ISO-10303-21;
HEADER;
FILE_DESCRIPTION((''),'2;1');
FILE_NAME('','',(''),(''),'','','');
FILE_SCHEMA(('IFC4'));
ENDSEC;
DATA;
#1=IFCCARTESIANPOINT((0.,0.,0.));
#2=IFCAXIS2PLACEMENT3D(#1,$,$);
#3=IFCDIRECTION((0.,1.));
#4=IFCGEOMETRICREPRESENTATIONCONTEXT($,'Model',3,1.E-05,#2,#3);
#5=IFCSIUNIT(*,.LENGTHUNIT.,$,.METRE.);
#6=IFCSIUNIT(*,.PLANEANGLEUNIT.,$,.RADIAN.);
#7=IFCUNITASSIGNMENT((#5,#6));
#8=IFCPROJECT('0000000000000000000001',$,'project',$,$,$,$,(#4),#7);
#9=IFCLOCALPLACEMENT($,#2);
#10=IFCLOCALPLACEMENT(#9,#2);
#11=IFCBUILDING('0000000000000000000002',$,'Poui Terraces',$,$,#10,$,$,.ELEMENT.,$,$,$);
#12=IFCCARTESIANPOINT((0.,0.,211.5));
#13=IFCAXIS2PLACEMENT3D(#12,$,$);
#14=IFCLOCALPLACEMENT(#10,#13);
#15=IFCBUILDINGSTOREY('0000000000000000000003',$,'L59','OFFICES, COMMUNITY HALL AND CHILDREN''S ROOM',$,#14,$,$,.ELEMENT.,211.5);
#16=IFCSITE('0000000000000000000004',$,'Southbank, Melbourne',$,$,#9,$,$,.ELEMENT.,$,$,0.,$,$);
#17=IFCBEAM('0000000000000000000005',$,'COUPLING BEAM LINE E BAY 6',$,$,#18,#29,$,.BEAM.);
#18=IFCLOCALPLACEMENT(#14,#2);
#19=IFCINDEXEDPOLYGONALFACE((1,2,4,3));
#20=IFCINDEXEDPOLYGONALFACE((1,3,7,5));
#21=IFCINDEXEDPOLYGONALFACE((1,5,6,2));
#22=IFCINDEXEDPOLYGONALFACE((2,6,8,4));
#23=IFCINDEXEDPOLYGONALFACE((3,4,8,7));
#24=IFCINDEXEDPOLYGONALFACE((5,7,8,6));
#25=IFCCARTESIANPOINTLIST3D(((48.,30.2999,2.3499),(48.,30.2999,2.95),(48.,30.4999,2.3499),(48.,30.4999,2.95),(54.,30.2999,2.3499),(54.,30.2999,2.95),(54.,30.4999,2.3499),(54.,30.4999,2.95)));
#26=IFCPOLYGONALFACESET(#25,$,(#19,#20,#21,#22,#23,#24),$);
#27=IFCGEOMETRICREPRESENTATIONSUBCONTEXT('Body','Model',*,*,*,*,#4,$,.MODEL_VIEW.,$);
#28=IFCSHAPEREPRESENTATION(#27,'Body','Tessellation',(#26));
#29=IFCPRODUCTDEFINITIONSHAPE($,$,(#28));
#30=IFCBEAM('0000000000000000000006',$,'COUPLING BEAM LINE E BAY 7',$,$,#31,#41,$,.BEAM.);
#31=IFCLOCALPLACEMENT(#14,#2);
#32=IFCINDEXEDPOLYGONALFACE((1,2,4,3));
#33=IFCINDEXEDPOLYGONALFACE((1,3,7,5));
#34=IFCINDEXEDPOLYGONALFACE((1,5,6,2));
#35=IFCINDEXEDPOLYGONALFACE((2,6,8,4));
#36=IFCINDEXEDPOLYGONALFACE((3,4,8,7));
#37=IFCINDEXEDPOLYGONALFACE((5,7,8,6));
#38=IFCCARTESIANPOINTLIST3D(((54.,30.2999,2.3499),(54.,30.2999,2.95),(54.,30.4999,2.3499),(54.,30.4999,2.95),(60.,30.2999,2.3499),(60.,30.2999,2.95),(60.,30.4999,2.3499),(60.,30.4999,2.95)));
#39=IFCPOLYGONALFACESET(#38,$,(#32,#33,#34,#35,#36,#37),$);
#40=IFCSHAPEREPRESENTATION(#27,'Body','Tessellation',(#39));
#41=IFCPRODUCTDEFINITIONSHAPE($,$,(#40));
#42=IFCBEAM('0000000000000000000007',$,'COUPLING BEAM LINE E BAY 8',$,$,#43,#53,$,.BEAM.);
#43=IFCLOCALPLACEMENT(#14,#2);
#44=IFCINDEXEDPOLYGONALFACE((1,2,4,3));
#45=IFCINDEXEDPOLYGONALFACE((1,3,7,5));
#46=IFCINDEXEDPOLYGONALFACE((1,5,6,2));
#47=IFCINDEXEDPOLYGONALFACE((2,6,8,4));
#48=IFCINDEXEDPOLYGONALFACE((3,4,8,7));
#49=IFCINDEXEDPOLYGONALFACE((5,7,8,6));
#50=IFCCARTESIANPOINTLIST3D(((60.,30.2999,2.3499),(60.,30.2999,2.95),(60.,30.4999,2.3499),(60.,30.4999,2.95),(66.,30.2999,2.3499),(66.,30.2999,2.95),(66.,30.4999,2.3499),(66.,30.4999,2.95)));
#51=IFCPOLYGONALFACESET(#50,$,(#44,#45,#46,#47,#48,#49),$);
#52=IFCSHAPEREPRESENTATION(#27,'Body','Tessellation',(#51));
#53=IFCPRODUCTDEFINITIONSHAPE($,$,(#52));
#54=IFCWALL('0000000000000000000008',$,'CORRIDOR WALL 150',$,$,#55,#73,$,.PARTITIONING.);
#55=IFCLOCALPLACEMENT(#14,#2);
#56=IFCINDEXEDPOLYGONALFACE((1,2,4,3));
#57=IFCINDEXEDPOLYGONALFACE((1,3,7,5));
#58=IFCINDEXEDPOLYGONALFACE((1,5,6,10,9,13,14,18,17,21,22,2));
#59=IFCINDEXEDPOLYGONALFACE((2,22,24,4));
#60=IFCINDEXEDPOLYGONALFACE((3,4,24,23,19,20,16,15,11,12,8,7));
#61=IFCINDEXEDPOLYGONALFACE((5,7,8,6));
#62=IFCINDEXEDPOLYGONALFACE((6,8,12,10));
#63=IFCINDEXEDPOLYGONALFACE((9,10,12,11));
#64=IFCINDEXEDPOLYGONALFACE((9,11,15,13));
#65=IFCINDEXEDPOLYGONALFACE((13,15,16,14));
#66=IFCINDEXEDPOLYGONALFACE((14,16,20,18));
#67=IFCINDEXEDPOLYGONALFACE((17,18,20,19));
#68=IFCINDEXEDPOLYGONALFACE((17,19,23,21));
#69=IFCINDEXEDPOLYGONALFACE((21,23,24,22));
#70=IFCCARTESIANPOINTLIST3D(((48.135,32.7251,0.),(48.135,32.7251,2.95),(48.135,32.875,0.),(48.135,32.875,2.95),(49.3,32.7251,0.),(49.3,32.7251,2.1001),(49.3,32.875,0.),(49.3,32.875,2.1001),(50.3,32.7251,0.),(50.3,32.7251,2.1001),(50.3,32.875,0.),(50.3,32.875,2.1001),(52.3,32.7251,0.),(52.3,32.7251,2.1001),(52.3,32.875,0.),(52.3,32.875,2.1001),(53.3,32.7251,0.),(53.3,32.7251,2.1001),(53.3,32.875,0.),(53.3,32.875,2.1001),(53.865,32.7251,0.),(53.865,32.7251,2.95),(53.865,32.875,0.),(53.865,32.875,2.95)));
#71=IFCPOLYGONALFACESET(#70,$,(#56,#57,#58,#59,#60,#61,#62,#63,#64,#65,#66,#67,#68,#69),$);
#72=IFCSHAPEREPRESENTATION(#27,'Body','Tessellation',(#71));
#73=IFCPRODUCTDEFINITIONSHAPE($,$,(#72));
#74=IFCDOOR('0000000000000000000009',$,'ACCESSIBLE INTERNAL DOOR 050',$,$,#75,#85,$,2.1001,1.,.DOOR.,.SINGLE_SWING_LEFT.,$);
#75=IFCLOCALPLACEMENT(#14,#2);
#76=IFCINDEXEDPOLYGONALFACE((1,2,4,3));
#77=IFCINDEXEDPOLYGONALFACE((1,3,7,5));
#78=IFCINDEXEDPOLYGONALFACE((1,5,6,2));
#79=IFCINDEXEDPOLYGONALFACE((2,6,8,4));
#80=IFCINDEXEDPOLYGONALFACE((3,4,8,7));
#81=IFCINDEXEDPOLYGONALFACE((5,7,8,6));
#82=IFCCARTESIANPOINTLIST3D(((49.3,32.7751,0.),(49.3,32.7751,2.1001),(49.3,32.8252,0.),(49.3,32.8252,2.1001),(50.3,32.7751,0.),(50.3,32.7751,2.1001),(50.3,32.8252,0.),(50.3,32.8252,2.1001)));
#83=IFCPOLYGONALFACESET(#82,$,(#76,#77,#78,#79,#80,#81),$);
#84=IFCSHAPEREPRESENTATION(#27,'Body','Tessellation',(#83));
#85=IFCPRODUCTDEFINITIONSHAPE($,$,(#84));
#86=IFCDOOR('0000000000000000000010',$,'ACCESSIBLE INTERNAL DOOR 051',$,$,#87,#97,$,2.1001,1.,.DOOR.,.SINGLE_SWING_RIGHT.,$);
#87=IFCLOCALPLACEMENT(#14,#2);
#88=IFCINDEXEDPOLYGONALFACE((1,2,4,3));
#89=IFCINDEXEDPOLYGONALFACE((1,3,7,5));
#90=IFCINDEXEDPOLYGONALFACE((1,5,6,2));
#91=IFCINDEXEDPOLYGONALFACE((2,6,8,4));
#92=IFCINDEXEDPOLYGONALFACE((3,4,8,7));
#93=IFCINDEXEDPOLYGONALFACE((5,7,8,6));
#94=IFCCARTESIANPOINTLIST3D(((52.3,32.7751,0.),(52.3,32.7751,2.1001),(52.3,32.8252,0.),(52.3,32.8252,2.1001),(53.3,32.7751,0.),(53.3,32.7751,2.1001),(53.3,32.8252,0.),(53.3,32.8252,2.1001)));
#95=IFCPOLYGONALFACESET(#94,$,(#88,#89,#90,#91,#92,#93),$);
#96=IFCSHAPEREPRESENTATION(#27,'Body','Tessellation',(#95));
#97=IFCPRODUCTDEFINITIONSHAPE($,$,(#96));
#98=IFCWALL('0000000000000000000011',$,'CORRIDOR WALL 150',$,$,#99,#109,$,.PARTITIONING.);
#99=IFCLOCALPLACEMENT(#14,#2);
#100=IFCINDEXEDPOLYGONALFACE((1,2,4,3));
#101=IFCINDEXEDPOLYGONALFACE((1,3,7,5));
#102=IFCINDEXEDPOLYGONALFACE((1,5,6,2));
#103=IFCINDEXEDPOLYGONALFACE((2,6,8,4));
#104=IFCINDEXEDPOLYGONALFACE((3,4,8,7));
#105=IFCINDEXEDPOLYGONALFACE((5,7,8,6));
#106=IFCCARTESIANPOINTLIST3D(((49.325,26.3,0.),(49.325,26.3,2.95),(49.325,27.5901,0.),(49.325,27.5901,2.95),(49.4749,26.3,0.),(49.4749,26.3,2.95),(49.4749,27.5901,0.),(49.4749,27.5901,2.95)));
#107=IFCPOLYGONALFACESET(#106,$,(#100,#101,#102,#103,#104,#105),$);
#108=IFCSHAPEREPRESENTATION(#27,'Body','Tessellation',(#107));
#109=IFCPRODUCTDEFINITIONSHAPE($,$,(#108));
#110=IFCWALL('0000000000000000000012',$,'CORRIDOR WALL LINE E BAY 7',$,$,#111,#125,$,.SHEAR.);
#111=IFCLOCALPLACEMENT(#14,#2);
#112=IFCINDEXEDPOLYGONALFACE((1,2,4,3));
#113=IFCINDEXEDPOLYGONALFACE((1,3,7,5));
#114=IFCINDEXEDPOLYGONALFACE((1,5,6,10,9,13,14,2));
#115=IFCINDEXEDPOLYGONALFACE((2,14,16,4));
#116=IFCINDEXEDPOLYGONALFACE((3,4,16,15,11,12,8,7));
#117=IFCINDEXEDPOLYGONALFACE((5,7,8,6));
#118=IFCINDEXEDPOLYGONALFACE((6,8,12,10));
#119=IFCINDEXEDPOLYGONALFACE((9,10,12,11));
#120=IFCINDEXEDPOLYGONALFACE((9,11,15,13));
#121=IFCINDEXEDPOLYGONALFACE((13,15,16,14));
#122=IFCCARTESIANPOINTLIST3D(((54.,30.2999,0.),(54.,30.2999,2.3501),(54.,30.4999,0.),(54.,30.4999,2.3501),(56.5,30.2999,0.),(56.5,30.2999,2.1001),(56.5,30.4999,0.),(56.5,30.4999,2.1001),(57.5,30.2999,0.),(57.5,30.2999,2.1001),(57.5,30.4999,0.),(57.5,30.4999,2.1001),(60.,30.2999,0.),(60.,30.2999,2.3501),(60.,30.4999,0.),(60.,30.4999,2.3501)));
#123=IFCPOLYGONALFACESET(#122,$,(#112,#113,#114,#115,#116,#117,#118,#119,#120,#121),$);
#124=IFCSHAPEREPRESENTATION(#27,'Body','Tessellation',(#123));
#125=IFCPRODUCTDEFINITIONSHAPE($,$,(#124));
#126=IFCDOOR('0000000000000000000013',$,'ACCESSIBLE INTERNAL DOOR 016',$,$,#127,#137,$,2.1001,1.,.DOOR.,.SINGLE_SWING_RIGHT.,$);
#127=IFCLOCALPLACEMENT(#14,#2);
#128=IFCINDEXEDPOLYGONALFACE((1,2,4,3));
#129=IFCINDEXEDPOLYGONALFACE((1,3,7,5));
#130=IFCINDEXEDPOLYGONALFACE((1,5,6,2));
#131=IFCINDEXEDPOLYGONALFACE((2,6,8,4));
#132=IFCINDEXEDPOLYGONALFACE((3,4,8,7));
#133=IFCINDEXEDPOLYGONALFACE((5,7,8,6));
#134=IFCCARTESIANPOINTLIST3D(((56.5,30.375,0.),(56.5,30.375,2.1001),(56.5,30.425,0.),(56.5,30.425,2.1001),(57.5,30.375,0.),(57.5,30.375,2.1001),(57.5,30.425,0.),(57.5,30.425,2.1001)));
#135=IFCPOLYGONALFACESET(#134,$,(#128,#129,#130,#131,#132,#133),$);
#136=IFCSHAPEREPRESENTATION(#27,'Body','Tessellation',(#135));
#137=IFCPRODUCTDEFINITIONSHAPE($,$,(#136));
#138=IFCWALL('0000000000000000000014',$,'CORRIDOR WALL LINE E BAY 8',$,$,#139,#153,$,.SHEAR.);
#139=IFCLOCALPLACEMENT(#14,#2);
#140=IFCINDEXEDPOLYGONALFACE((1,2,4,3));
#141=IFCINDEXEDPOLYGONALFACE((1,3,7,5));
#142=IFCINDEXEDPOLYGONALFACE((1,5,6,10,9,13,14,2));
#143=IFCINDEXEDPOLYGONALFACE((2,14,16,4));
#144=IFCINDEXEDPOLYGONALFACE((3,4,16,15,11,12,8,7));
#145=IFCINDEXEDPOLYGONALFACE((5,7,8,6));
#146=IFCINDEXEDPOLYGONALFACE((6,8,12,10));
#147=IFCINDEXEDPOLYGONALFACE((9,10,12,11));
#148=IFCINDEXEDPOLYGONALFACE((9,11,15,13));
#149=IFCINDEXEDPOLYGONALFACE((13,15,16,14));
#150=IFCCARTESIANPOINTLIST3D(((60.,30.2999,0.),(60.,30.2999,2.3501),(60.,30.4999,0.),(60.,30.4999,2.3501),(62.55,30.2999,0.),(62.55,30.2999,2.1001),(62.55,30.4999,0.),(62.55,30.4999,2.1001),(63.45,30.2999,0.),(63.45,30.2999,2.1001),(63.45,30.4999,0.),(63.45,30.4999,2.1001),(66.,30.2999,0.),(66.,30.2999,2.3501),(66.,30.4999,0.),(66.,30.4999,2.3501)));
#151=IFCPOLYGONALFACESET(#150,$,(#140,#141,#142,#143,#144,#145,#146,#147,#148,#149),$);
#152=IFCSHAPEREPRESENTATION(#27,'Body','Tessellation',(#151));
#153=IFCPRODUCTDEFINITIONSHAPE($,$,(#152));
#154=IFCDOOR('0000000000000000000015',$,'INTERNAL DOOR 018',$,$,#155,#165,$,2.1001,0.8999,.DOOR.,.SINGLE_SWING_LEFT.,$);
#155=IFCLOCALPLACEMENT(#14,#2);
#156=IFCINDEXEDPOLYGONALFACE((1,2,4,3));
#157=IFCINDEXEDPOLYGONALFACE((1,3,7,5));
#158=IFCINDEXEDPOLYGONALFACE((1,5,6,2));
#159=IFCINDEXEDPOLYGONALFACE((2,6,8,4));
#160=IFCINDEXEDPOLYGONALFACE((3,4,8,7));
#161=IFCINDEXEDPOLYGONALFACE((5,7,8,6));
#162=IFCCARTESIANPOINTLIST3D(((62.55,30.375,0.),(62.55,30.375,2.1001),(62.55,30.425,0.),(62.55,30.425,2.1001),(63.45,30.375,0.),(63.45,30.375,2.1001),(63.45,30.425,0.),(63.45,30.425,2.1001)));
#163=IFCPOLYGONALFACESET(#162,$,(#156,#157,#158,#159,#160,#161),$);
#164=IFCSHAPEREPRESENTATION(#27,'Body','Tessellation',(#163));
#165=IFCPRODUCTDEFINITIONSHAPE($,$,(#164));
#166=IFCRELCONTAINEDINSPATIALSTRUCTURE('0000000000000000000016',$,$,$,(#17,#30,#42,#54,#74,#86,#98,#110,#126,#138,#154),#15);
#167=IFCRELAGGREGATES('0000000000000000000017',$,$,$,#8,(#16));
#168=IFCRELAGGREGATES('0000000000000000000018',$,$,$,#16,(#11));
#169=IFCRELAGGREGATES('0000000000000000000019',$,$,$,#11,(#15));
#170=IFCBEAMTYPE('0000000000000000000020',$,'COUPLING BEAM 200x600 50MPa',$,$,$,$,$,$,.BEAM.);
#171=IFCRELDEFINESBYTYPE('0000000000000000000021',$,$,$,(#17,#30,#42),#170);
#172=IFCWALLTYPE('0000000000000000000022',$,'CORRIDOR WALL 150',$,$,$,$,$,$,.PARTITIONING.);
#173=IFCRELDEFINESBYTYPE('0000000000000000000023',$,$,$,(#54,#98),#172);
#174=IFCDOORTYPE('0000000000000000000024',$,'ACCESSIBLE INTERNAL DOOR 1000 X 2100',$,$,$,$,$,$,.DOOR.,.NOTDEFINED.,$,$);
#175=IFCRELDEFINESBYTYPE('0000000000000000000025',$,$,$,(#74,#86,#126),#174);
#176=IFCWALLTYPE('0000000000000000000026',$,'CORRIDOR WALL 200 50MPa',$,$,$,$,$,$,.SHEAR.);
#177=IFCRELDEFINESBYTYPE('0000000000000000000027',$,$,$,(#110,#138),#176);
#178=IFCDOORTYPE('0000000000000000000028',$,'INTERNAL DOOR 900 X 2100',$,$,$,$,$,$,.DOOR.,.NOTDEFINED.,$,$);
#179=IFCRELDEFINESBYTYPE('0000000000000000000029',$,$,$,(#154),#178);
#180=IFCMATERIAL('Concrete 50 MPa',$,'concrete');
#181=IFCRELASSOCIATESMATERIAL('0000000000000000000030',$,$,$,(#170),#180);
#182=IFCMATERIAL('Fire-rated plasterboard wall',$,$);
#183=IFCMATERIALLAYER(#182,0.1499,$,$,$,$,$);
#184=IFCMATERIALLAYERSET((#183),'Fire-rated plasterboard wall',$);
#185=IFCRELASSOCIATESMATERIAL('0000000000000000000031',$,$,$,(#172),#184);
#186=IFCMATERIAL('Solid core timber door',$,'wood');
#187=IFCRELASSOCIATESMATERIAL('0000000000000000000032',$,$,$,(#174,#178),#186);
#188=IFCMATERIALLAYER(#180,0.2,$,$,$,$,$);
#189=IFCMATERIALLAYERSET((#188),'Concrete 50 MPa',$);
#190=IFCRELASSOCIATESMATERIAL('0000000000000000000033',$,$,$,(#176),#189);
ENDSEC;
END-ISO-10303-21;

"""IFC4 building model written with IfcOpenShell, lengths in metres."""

from ifc_helpers import new_model, si_unit, direction, frame, frame_2d, origin, origin_2d, place, context, subcontext, project, spatial, rectangle, extrude, source, transform, mapped, material, layer, layer_set, material_profile, profile_set, type_object, element, fill, save


model = new_model("IFC4")

# Units and contexts
model_context = context("Model", 3, precision=1e-05, world=origin(), true_north=direction((0.0, 1.0)))
body_context = subcontext(model_context, "Body", "Model", "MODEL_VIEW")
ifc_project = project(units=[si_unit("LENGTHUNIT", "METRE"), si_unit("PLANEANGLEUNIT", "RADIAN")], contexts=[model_context])

# Site, building, storey
site_placement = place(None, origin())
site = spatial("IfcSite", under=ifc_project, at=site_placement, Name="Southbank, Melbourne", CompositionType="ELEMENT", RefElevation=0.0)
building_placement = place(site_placement, origin())
building = spatial("IfcBuilding", under=site, at=building_placement, Name="Poui Terraces", CompositionType="ELEMENT")
storey_placement = place(building_placement, frame((0.0, 0.0, 211.5)))
storey = spatial("IfcBuildingStorey", under=building, at=storey_placement, Name="L59", Description="OFFICES, COMMUNITY HALL AND CHILDREN'S ROOM", CompositionType="ELEMENT", Elevation=211.5)

# Beams
ifc_material_1 = material(Name="Concrete 50 MPa", Category="concrete")
ifc_material_profile = material_profile(ifc_material_1, rectangle(XDim=0.2, YDim=0.6001, at=origin_2d()), Name="RC 200x600")
ifc_profile_set = profile_set([ifc_material_profile], Name="Concrete 50 MPa")
beam_type = type_object("IfcBeamType", Name="COUPLING BEAM 200x600 50MPa", PredefinedType="BEAM", material=ifc_profile_set)
shared_shape = source(origin(), body_context, "Body", "SweptSolid", [
    extrude(rectangle(XDim=0.2, YDim=0.6001, at=origin_2d()), origin(), (0.0, 0.0, 1.0), 6.0),
])
for number, where, z_axis, x_axis, name in (
    (1, (48.0, 30.3999, 2.6499), (1.0, 0.0, 0.0), (0.0, 1.0, 0.0), "COUPLING BEAM LINE E BAY 6"),
    (2, (54.0, 30.3999, 2.6499), (1.0, 0.0, 0.0), (0.0, 1.0, 0.0), "COUPLING BEAM LINE E BAY 7"),
    (3, (60.0, 30.3999, 2.6499), (1.0, 0.0, 0.0), (0.0, 1.0, 0.0), "COUPLING BEAM LINE E BAY 8"),
):
    element("IfcBeam", number, at=place(storey_placement, frame(where, z_axis=z_axis, x_axis=x_axis)), inside=storey, type_object=beam_type, Name=name, PredefinedType="BEAM", context=body_context, shape_type="MappedRepresentation", body=[
        mapped(shared_shape, transform((0.0, 0.0, 0.0))),
    ])

# Wall, openings, doors
ifc_material_2 = material(Name="Fire-rated plasterboard wall")
ifc_layer_1 = layer(ifc_material_2, 0.1499)
ifc_layer_set_1 = layer_set([ifc_layer_1], Name="Fire-rated plasterboard wall")
wall_type_1 = type_object("IfcWallType", Name="CORRIDOR WALL 150", PredefinedType="PARTITIONING", material=ifc_layer_set_1)
wall_1_placement = place(storey_placement, frame((48.135, 32.8, 0.0), z_axis=(0.0, 0.0, 1.0), x_axis=(1.0, 0.0, 0.0)))
wall_1 = element("IfcWall", 4, at=wall_1_placement, inside=storey, type_object=wall_type_1, Name="CORRIDOR WALL 150", PredefinedType="PARTITIONING", context=body_context, shape_type="SweptSolid", body=[
    extrude(rectangle(XDim=5.73, YDim=0.1499, at=frame_2d((2.865, 0.0))), origin(), (0.0, 0.0, 1.0), 2.95),
])
opening_1_placement = place(wall_1_placement, frame((1.165, 0.0, 0.0)))
opening_1 = element("IfcOpeningElement", 5, at=opening_1_placement, cuts=wall_1, PredefinedType="OPENING", context=body_context, shape_type="SweptSolid", body=[
    extrude(rectangle(XDim=1.0, YDim=2.1001, at=frame_2d((0.5, 1.05))), frame((0.0, 0.085, 0.0), z_axis=(0.0, -1.0, 0.0), x_axis=(1.0, 0.0, 0.0)), (0.0, 0.0, 1.0), 0.1699),
])
opening_2_placement = place(wall_1_placement, frame((4.165, 0.0, 0.0)))
opening_2 = element("IfcOpeningElement", 6, at=opening_2_placement, cuts=wall_1, PredefinedType="OPENING", context=body_context, shape_type="SweptSolid", body=[
    extrude(rectangle(XDim=1.0, YDim=2.1001, at=frame_2d((0.5, 1.05))), frame((0.0, 0.085, 0.0), z_axis=(0.0, -1.0, 0.0), x_axis=(1.0, 0.0, 0.0)), (0.0, 0.0, 1.0), 0.1699),
])
ifc_material_3 = material(Name="Solid core timber door", Category="wood")
door_type_1 = type_object("IfcDoorType", Name="ACCESSIBLE INTERNAL DOOR 1000 X 2100", OperationType="NOTDEFINED", PredefinedType="DOOR", material=ifc_material_3)
door_1_placement = place(opening_1_placement, frame((1.0, 0.0, 0.0), z_axis=(0.0, 0.0, 1.0), x_axis=(-1.0, 0.0, 0.0)))
door_1 = element("IfcDoor", 7, at=door_1_placement, inside=storey, type_object=door_type_1, Name="ACCESSIBLE INTERNAL DOOR 050", OperationType="SINGLE_SWING_LEFT", OverallHeight=2.1001, OverallWidth=1.0, PredefinedType="DOOR", context=body_context, shape_type="SweptSolid", body=[
    extrude(rectangle(XDim=1.0, YDim=2.1001, at=frame_2d((0.5, 1.05))), frame((0.0, 0.0249, 0.0), z_axis=(0.0, -1.0, 0.0), x_axis=(1.0, 0.0, 0.0)), (0.0, 0.0, 1.0), 0.05),
])
fill(opening_1, door_1)
door_2_placement = place(opening_2_placement, frame((1.0, 0.0, 0.0), z_axis=(0.0, 0.0, 1.0), x_axis=(-1.0, 0.0, 0.0)))
door_2 = element("IfcDoor", 8, at=door_2_placement, inside=storey, type_object=door_type_1, Name="ACCESSIBLE INTERNAL DOOR 051", OperationType="SINGLE_SWING_RIGHT", OverallHeight=2.1001, OverallWidth=1.0, PredefinedType="DOOR", context=body_context, shape_type="SweptSolid", body=[
    extrude(rectangle(XDim=1.0, YDim=2.1001, at=frame_2d((0.5, 1.05))), frame((0.0, 0.0249, 0.0), z_axis=(0.0, -1.0, 0.0), x_axis=(1.0, 0.0, 0.0)), (0.0, 0.0, 1.0), 0.05),
])
fill(opening_2, door_2)

# Wall
wall_2_placement = place(storey_placement, frame((49.3999, 26.3, 0.0), z_axis=(0.0, 0.0, 1.0), x_axis=(0.0, 1.0, 0.0)))
element("IfcWall", 9, at=wall_2_placement, inside=storey, type_object=wall_type_1, Name="CORRIDOR WALL 150", PredefinedType="PARTITIONING", context=body_context, shape_type="SweptSolid", body=[
    extrude(rectangle(XDim=1.29, YDim=0.1499, at=frame_2d((0.645, 0.0))), origin(), (0.0, 0.0, 1.0), 2.95),
])

# Walls, openings, doors
ifc_layer_2 = layer(ifc_material_1, 0.2)
ifc_layer_set_2 = layer_set([ifc_layer_2], Name="Concrete 50 MPa")
wall_type_2 = type_object("IfcWallType", Name="CORRIDOR WALL 200 50MPa", PredefinedType="SHEAR", material=ifc_layer_set_2)
wall_3_placement = place(storey_placement, frame((54.0, 30.3999, 0.0), z_axis=(0.0, 0.0, 1.0), x_axis=(1.0, 0.0, 0.0)))
wall_3 = element("IfcWall", 10, at=wall_3_placement, inside=storey, type_object=wall_type_2, Name="CORRIDOR WALL LINE E BAY 7", PredefinedType="SHEAR", context=body_context, shape_type="SweptSolid", body=[
    extrude(rectangle(XDim=6.0, YDim=0.2, at=frame_2d((3.0, 0.0))), origin(), (0.0, 0.0, 1.0), 2.3501),
])
opening_3_placement = place(wall_3_placement, frame((2.5, 0.0, 0.0)))
opening_3 = element("IfcOpeningElement", 11, at=opening_3_placement, cuts=wall_3, PredefinedType="OPENING", context=body_context, shape_type="SweptSolid", body=[
    extrude(rectangle(XDim=1.0, YDim=2.1001, at=frame_2d((0.5, 1.05))), frame((0.0, 0.1099, 0.0), z_axis=(0.0, -1.0, 0.0), x_axis=(1.0, 0.0, 0.0)), (0.0, 0.0, 1.0), 0.22),
])
door_3_placement = place(opening_3_placement, frame((1.0, 0.0, 0.0), z_axis=(0.0, 0.0, 1.0), x_axis=(-1.0, 0.0, 0.0)))
door_3 = element("IfcDoor", 12, at=door_3_placement, inside=storey, type_object=door_type_1, Name="ACCESSIBLE INTERNAL DOOR 016", OperationType="SINGLE_SWING_RIGHT", OverallHeight=2.1001, OverallWidth=1.0, PredefinedType="DOOR", context=body_context, shape_type="SweptSolid", body=[
    extrude(rectangle(XDim=1.0, YDim=2.1001, at=frame_2d((0.5, 1.05))), frame((0.0, 0.0249, 0.0), z_axis=(0.0, -1.0, 0.0), x_axis=(1.0, 0.0, 0.0)), (0.0, 0.0, 1.0), 0.05),
])
fill(opening_3, door_3)
wall_4_placement = place(storey_placement, frame((60.0, 30.3999, 0.0), z_axis=(0.0, 0.0, 1.0), x_axis=(1.0, 0.0, 0.0)))
wall_4 = element("IfcWall", 13, at=wall_4_placement, inside=storey, type_object=wall_type_2, Name="CORRIDOR WALL LINE E BAY 8", PredefinedType="SHEAR", context=body_context, shape_type="SweptSolid", body=[
    extrude(rectangle(XDim=6.0, YDim=0.2, at=frame_2d((3.0, 0.0))), origin(), (0.0, 0.0, 1.0), 2.3501),
])
opening_4_placement = place(wall_4_placement, frame((2.55, 0.0, 0.0)))
opening_4 = element("IfcOpeningElement", 14, at=opening_4_placement, cuts=wall_4, PredefinedType="OPENING", context=body_context, shape_type="SweptSolid", body=[
    extrude(rectangle(XDim=0.8999, YDim=2.1001, at=frame_2d((0.45, 1.05))), frame((0.0, 0.1099, 0.0), z_axis=(0.0, -1.0, 0.0), x_axis=(1.0, 0.0, 0.0)), (0.0, 0.0, 1.0), 0.22),
])
door_type_2 = type_object("IfcDoorType", Name="INTERNAL DOOR 900 X 2100", OperationType="NOTDEFINED", PredefinedType="DOOR", material=ifc_material_3)
door_4_placement = place(opening_4_placement, frame((0.8999, 0.0, 0.0), z_axis=(0.0, 0.0, 1.0), x_axis=(-1.0, 0.0, 0.0)))
door_4 = element("IfcDoor", 15, at=door_4_placement, inside=storey, type_object=door_type_2, Name="INTERNAL DOOR 018", OperationType="SINGLE_SWING_LEFT", OverallHeight=2.1001, OverallWidth=0.8999, PredefinedType="DOOR", context=body_context, shape_type="SweptSolid", body=[
    extrude(rectangle(XDim=0.8999, YDim=2.1001, at=frame_2d((0.45, 1.05))), frame((0.0, 0.0249, 0.0), z_axis=(0.0, -1.0, 0.0), x_axis=(1.0, 0.0, 0.0)), (0.0, 0.0, 1.0), 0.05),
])
fill(opening_4, door_4)

save(model, "model.ifc")
